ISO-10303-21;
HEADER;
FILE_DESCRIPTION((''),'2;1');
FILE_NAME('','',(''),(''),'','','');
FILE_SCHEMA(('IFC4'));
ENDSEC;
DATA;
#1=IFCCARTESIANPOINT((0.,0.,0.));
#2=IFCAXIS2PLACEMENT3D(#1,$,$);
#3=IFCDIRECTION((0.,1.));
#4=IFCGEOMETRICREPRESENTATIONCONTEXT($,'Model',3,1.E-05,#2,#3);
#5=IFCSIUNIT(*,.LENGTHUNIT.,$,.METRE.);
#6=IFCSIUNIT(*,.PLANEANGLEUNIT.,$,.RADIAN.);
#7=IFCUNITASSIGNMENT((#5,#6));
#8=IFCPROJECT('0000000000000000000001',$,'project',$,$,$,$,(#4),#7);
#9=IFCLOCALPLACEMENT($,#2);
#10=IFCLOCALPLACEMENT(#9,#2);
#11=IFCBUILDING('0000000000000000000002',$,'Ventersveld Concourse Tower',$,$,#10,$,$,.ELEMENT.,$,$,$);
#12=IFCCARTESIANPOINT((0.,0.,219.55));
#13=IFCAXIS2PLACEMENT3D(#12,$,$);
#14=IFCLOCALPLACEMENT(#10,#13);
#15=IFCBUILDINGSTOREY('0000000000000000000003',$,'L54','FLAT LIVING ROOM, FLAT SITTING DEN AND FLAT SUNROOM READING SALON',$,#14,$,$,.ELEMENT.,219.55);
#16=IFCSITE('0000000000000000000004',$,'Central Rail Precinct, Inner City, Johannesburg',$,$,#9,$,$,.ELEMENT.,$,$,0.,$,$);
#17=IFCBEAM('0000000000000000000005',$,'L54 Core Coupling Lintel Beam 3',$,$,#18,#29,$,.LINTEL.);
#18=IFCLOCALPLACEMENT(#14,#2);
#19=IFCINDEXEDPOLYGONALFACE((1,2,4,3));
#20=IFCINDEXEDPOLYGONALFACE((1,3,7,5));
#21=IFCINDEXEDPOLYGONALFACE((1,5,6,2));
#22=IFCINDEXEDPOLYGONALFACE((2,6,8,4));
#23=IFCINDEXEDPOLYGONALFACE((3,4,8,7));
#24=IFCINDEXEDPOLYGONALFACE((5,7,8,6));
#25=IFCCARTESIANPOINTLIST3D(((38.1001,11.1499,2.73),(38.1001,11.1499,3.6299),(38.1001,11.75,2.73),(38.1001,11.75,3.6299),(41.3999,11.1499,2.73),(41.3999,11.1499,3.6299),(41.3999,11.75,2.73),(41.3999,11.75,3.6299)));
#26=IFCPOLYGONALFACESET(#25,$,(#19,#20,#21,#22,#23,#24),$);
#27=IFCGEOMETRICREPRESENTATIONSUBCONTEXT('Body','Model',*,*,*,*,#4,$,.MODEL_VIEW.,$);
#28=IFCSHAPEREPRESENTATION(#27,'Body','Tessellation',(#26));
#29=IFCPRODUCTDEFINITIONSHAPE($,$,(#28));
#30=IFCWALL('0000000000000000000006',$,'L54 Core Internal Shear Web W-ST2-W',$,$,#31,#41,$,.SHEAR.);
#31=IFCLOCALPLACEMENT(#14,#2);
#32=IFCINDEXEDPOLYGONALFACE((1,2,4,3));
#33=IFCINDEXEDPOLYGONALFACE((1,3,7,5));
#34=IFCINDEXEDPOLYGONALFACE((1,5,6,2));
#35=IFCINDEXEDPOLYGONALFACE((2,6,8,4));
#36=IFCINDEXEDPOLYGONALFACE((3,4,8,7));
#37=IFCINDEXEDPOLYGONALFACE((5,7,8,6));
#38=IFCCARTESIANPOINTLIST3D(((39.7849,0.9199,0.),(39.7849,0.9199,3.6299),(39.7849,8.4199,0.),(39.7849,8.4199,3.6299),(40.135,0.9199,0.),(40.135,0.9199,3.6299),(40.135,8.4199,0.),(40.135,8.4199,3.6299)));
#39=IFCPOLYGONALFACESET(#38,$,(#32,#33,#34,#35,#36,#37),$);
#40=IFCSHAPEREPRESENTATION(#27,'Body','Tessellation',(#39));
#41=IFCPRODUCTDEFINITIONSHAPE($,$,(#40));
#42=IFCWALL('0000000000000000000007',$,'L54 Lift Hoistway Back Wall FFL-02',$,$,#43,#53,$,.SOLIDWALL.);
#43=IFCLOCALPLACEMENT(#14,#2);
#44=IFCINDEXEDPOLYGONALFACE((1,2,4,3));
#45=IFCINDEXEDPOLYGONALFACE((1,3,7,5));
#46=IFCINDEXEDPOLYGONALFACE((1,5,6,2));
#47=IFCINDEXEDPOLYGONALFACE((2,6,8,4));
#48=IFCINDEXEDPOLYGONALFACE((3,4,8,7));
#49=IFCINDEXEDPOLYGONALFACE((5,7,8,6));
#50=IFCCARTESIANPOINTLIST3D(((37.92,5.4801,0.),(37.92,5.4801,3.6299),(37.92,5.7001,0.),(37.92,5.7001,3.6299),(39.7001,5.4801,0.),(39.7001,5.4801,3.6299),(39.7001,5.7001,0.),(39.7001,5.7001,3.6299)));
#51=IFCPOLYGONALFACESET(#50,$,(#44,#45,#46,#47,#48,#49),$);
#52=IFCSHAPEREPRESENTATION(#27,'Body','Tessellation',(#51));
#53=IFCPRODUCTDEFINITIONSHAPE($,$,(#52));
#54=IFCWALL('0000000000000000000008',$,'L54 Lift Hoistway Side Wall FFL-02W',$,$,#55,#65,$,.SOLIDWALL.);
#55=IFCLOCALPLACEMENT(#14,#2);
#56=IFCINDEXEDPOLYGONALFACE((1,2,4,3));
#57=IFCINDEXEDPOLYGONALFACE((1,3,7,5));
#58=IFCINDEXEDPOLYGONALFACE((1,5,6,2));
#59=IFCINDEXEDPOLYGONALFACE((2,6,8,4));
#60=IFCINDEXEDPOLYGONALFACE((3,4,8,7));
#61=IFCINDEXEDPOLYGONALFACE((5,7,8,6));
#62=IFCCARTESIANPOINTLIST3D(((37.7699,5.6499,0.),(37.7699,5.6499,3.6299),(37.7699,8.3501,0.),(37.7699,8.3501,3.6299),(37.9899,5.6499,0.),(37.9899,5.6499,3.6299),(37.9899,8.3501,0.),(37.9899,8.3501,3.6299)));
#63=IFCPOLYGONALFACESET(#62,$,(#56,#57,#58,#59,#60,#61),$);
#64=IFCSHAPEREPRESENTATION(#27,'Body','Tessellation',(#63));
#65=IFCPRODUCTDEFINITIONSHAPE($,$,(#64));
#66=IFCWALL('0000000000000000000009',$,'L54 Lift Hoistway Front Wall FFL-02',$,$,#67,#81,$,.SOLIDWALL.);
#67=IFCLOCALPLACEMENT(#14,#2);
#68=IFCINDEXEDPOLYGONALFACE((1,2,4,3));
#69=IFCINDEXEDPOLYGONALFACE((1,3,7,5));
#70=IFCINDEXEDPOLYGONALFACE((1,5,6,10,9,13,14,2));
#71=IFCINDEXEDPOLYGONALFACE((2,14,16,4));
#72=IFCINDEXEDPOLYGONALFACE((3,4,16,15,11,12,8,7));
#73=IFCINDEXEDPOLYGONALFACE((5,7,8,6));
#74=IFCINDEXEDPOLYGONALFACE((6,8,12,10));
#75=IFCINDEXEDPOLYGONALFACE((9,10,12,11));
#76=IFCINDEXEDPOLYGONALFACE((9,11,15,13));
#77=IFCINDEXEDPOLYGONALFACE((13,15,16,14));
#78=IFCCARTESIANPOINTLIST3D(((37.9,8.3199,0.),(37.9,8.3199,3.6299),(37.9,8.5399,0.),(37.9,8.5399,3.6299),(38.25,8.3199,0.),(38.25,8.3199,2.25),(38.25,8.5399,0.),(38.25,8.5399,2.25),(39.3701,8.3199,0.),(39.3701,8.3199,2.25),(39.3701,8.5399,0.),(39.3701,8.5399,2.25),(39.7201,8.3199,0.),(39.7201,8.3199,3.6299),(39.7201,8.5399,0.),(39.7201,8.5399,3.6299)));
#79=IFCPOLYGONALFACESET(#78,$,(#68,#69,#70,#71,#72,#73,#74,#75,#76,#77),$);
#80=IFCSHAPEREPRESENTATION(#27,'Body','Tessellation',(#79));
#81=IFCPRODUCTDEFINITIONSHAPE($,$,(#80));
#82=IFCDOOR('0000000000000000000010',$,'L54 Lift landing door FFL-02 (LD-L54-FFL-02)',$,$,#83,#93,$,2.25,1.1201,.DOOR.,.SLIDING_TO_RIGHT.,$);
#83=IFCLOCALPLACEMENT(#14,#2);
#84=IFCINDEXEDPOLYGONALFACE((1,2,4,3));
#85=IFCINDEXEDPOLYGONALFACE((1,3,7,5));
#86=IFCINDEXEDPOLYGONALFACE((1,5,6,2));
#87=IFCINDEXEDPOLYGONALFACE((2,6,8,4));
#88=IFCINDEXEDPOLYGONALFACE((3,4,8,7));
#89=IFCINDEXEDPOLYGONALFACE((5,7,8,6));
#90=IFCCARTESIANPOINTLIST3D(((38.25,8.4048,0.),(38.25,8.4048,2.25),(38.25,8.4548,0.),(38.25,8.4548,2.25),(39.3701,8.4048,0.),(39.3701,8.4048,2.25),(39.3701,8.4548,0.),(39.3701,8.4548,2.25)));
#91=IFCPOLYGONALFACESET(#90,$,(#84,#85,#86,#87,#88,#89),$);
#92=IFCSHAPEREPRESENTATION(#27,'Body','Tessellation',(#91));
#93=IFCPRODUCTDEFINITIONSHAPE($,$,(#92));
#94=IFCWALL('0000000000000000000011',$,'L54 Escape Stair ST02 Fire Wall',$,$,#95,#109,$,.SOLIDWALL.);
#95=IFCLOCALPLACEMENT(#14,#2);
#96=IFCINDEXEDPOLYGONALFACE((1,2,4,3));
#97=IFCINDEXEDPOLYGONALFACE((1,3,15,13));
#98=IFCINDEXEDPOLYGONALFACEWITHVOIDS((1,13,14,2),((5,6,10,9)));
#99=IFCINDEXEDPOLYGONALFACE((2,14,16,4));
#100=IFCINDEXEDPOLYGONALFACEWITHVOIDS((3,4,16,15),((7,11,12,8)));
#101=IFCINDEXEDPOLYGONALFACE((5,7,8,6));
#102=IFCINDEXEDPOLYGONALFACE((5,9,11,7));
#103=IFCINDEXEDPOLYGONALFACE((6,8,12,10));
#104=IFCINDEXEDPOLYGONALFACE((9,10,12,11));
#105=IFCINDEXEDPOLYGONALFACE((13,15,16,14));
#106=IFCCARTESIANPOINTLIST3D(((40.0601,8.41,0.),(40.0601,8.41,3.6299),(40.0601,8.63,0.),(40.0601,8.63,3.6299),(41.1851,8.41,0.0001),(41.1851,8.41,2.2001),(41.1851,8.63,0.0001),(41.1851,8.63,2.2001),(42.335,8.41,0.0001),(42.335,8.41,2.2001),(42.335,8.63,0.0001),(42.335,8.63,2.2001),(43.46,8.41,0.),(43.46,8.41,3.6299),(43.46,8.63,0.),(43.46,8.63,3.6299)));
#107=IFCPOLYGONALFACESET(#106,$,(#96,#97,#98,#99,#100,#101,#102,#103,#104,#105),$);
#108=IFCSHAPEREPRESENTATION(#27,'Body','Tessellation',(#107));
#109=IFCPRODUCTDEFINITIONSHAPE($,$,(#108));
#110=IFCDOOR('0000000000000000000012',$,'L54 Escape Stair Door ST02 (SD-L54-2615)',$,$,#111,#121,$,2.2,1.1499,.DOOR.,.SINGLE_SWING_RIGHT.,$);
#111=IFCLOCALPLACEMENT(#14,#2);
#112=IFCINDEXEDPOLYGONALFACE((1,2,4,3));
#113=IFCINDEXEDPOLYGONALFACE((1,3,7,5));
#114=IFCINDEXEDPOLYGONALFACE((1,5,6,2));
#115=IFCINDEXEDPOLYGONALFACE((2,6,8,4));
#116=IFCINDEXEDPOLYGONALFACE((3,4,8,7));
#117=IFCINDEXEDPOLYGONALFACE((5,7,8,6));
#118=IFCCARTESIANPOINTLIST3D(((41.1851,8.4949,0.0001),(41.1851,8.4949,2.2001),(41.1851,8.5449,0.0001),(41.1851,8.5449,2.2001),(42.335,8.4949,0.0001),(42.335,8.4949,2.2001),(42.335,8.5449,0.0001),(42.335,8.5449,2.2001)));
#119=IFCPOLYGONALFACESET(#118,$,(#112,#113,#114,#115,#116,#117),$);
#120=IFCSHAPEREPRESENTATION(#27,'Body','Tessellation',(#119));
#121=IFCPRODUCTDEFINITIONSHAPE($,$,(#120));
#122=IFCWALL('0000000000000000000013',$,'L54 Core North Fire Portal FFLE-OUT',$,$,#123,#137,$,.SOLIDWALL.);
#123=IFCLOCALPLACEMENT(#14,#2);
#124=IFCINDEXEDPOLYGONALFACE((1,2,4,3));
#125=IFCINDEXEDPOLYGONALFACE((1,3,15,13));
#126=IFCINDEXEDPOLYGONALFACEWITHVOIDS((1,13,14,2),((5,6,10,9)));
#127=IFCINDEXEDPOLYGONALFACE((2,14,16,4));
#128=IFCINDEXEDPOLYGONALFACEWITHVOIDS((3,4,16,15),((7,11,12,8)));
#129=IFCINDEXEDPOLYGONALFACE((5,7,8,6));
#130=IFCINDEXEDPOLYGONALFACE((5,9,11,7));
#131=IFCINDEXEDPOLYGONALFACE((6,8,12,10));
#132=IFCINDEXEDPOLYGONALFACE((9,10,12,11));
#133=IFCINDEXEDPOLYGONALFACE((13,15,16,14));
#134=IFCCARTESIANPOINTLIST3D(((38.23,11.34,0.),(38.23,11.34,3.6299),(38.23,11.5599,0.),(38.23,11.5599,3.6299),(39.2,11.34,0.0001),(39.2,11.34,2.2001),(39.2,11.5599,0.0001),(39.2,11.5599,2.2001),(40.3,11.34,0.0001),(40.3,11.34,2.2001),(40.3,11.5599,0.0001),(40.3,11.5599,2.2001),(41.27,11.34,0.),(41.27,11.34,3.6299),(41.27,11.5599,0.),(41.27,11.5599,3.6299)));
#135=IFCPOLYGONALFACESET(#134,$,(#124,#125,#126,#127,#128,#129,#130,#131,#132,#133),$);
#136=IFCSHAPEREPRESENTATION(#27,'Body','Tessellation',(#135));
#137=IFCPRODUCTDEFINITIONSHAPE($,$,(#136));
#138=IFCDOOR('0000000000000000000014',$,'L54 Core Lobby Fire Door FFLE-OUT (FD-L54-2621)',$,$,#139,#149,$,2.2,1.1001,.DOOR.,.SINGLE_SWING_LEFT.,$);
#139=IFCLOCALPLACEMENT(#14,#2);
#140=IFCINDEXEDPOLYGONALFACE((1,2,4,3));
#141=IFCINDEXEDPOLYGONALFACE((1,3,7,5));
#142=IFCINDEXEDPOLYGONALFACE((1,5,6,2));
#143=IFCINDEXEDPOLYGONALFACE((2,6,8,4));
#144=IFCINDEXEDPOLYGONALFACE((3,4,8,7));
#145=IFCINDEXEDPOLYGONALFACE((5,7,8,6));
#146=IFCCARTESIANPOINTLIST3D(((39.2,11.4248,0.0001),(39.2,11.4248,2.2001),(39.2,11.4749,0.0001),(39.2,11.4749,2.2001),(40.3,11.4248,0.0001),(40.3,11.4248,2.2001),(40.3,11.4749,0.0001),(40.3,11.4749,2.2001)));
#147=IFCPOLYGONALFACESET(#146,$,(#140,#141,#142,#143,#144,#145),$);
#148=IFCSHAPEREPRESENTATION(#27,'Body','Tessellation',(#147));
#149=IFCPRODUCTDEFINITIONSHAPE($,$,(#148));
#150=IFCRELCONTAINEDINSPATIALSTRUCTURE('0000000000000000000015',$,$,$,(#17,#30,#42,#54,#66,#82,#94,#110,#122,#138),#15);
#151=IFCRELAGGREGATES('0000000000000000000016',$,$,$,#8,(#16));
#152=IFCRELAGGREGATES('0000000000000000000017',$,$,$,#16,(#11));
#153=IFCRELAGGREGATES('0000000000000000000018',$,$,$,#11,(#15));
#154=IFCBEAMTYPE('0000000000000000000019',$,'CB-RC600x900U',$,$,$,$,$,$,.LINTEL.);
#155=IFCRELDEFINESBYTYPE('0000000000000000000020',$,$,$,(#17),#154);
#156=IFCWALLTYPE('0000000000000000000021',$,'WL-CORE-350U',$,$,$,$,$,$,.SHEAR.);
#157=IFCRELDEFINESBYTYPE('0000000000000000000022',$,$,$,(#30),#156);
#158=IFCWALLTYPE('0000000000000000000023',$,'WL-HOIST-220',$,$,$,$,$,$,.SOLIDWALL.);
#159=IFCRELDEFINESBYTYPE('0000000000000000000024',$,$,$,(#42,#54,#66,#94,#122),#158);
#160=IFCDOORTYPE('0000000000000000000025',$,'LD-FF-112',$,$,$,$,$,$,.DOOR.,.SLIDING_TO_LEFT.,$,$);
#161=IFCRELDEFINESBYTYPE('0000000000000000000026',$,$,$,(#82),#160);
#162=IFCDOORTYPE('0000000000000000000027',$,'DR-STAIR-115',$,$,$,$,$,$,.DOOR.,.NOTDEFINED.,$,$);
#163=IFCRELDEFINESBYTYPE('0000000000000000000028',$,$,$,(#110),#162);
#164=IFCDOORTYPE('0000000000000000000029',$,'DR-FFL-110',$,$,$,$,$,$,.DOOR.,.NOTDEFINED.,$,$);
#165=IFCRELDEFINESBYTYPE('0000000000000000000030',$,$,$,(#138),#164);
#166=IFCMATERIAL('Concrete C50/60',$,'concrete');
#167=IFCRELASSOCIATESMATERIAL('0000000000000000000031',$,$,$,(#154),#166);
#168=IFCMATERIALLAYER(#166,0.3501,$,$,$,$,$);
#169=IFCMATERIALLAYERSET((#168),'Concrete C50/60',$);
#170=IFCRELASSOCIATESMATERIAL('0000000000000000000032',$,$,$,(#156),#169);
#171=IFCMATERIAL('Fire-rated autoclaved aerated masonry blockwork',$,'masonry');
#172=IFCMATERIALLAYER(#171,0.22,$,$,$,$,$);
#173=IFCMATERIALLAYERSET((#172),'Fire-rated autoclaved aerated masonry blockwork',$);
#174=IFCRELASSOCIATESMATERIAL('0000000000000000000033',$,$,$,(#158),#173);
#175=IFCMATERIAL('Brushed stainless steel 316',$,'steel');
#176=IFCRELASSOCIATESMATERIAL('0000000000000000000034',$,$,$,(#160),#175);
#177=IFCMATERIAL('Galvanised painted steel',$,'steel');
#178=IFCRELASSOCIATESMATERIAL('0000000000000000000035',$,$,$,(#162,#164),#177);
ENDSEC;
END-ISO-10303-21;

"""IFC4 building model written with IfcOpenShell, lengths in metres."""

from ifc_helpers import new_model, si_unit, direction, frame, frame_2d, origin, origin_2d, place, context, subcontext, project, spatial, rectangle, extrude, material, layer, layer_set, material_profile, profile_set, type_object, element, fill, save


model = new_model("IFC4")

# Units and contexts
model_context = context("Model", 3, precision=1e-05, world=origin(), true_north=direction((0.0, 1.0)))
body_context = subcontext(model_context, "Body", "Model", "MODEL_VIEW")
ifc_project = project(units=[si_unit("LENGTHUNIT", "METRE"), si_unit("PLANEANGLEUNIT", "RADIAN")], contexts=[model_context])

# Site, building, storey
site_placement = place(None, origin())
site = spatial("IfcSite", under=ifc_project, at=site_placement, Name="Central Rail Precinct, Inner City, Johannesburg", CompositionType="ELEMENT", RefElevation=0.0)
building_placement = place(site_placement, origin())
building = spatial("IfcBuilding", under=site, at=building_placement, Name="Ventersveld Concourse Tower", CompositionType="ELEMENT")
storey_placement = place(building_placement, frame((0.0, 0.0, 219.55)))
storey = spatial("IfcBuildingStorey", under=building, at=storey_placement, Name="L54", Description="FLAT LIVING ROOM, FLAT SITTING DEN AND FLAT SUNROOM READING SALON", CompositionType="ELEMENT", Elevation=219.55)

# Beam
ifc_material_1 = material(Name="Concrete C50/60", Category="concrete")
ifc_material_profile = material_profile(ifc_material_1, rectangle(XDim=0.6001, YDim=0.8999, at=origin_2d()), Name="RC 600x900")
ifc_profile_set = profile_set([ifc_material_profile], Name="Concrete C50/60")
beam_type = type_object("IfcBeamType", Name="CB-RC600x900U", PredefinedType="LINTEL", material=ifc_profile_set)
beam_placement = place(storey_placement, frame((38.1001, 11.45, 3.1799), z_axis=(1.0, 0.0, 0.0), x_axis=(0.0, 1.0, 0.0)))
element("IfcBeam", 1, at=beam_placement, inside=storey, type_object=beam_type, Name="L54 Core Coupling Lintel Beam 3", PredefinedType="LINTEL", context=body_context, shape_type="SweptSolid", body=[
    extrude(rectangle(XDim=0.6001, YDim=0.8999, at=origin_2d()), origin(), (0.0, 0.0, 1.0), 3.2998),
])

# Walls
ifc_layer_1 = layer(ifc_material_1, 0.3501)
ifc_layer_set_1 = layer_set([ifc_layer_1], Name="Concrete C50/60")
wall_type_1 = type_object("IfcWallType", Name="WL-CORE-350U", PredefinedType="SHEAR", material=ifc_layer_set_1)
wall_1_placement = place(storey_placement, frame((39.96, 0.9199, 0.0), z_axis=(0.0, 0.0, 1.0), x_axis=(0.0, 1.0, 0.0)))
element("IfcWall", 2, at=wall_1_placement, inside=storey, type_object=wall_type_1, Name="L54 Core Internal Shear Web W-ST2-W", PredefinedType="SHEAR", context=body_context, shape_type="SweptSolid", body=[
    extrude(rectangle(XDim=7.5, YDim=0.3501, at=frame_2d((3.75, 0.0))), origin(), (0.0, 0.0, 1.0), 3.6299),
])
ifc_material_2 = material(Name="Fire-rated autoclaved aerated masonry blockwork", Category="masonry")
ifc_layer_2 = layer(ifc_material_2, 0.22)
ifc_layer_set_2 = layer_set([ifc_layer_2], Name="Fire-rated autoclaved aerated masonry blockwork")
wall_type_2 = type_object("IfcWallType", Name="WL-HOIST-220", PredefinedType="SOLIDWALL", material=ifc_layer_set_2)
wall_2_placement = place(storey_placement, frame((37.9199, 5.5901, 0.0), z_axis=(0.0, 0.0, 1.0), x_axis=(1.0, 0.0, 0.0)))
element("IfcWall", 3, at=wall_2_placement, inside=storey, type_object=wall_type_2, Name="L54 Lift Hoistway Back Wall FFL-02", PredefinedType="SOLIDWALL", context=body_context, shape_type="SweptSolid", body=[
    extrude(rectangle(XDim=1.78, YDim=0.22, at=frame_2d((0.8901, 0.0))), origin(), (0.0, 0.0, 1.0), 3.6299),
])
wall_3_placement = place(storey_placement, frame((37.8799, 5.6499, 0.0), z_axis=(0.0, 0.0, 1.0), x_axis=(0.0, 1.0, 0.0)))
element("IfcWall", 4, at=wall_3_placement, inside=storey, type_object=wall_type_2, Name="L54 Lift Hoistway Side Wall FFL-02W", PredefinedType="SOLIDWALL", context=body_context, shape_type="SweptSolid", body=[
    extrude(rectangle(XDim=2.7002, YDim=0.22, at=frame_2d((1.3501, 0.0))), origin(), (0.0, 0.0, 1.0), 3.6299),
])

# Walls, openings, doors
wall_4_placement = place(storey_placement, frame((37.8999, 8.4299, 0.0), z_axis=(0.0, 0.0, 1.0), x_axis=(1.0, 0.0, 0.0)))
wall_4 = element("IfcWall", 5, at=wall_4_placement, inside=storey, type_object=wall_type_2, Name="L54 Lift Hoistway Front Wall FFL-02", PredefinedType="SOLIDWALL", context=body_context, shape_type="SweptSolid", body=[
    extrude(rectangle(XDim=1.8201, YDim=0.22, at=frame_2d((0.9102, 0.0))), origin(), (0.0, 0.0, 1.0), 3.6299),
])
opening_1_placement = place(wall_4_placement, frame((0.3501, 0.0, 0.0)))
opening_1 = element("IfcOpeningElement", 6, at=opening_1_placement, cuts=wall_4, PredefinedType="OPENING", context=body_context, shape_type="SweptSolid", body=[
    extrude(rectangle(XDim=1.1201, YDim=2.25, at=frame_2d((0.5601, 1.125))), frame((0.0, 0.1201, 0.0), z_axis=(0.0, -1.0, 0.0), x_axis=(1.0, 0.0, 0.0)), (0.0, 0.0, 1.0), 0.24),
])
ifc_material_3 = material(Name="Brushed stainless steel 316", Category="steel")
door_type_1 = type_object("IfcDoorType", Name="LD-FF-112", OperationType="SLIDING_TO_LEFT", PredefinedType="DOOR", material=ifc_material_3)
door_1_placement = place(opening_1_placement, origin())
door_1 = element("IfcDoor", 7, at=door_1_placement, inside=storey, type_object=door_type_1, Name="L54 Lift landing door FFL-02 (LD-L54-FFL-02)", OperationType="SLIDING_TO_RIGHT", OverallHeight=2.25, OverallWidth=1.1201, PredefinedType="DOOR", context=body_context, shape_type="SweptSolid", body=[
    extrude(rectangle(XDim=1.1201, YDim=2.25, at=frame_2d((0.5601, 1.125))), frame((0.0, 0.0249, 0.0), z_axis=(0.0, -1.0, 0.0), x_axis=(1.0, 0.0, 0.0)), (0.0, 0.0, 1.0), 0.05),
])
fill(opening_1, door_1)
wall_5_placement = place(storey_placement, frame((40.0601, 8.52, 0.0), z_axis=(0.0, 0.0, 1.0), x_axis=(1.0, 0.0, 0.0)))
wall_5 = element("IfcWall", 8, at=wall_5_placement, inside=storey, type_object=wall_type_2, Name="L54 Escape Stair ST02 Fire Wall", PredefinedType="SOLIDWALL", context=body_context, shape_type="SweptSolid", body=[
    extrude(rectangle(XDim=3.3999, YDim=0.22, at=frame_2d((1.7, 0.0))), origin(), (0.0, 0.0, 1.0), 3.6299),
])
opening_2_placement = place(wall_5_placement, frame((1.125, 0.0, 0.0)))
opening_2 = element("IfcOpeningElement", 9, at=opening_2_placement, cuts=wall_5, PredefinedType="OPENING", context=body_context, shape_type="SweptSolid", body=[
    extrude(rectangle(XDim=1.1499, YDim=2.2, at=frame_2d((0.575, 1.1001))), frame((0.0, 0.1201, 0.0), z_axis=(0.0, -1.0, 0.0), x_axis=(1.0, 0.0, 0.0)), (0.0, 0.0, 1.0), 0.24),
])
ifc_material_4 = material(Name="Galvanised painted steel", Category="steel")
door_type_2 = type_object("IfcDoorType", Name="DR-STAIR-115", OperationType="NOTDEFINED", PredefinedType="DOOR", material=ifc_material_4)
door_2_placement = place(opening_2_placement, origin())
door_2 = element("IfcDoor", 10, at=door_2_placement, inside=storey, type_object=door_type_2, Name="L54 Escape Stair Door ST02 (SD-L54-2615)", OperationType="SINGLE_SWING_RIGHT", OverallHeight=2.2, OverallWidth=1.1499, PredefinedType="DOOR", context=body_context, shape_type="SweptSolid", body=[
    extrude(rectangle(XDim=1.1499, YDim=2.2, at=frame_2d((0.575, 1.1001))), frame((0.0, 0.0249, 0.0), z_axis=(0.0, -1.0, 0.0), x_axis=(1.0, 0.0, 0.0)), (0.0, 0.0, 1.0), 0.05),
])
fill(opening_2, door_2)
wall_6_placement = place(storey_placement, frame((38.23, 11.45, 0.0), z_axis=(0.0, 0.0, 1.0), x_axis=(1.0, 0.0, 0.0)))
wall_6 = element("IfcWall", 11, at=wall_6_placement, inside=storey, type_object=wall_type_2, Name="L54 Core North Fire Portal FFLE-OUT", PredefinedType="SOLIDWALL", context=body_context, shape_type="SweptSolid", body=[
    extrude(rectangle(XDim=3.04, YDim=0.22, at=frame_2d((1.52, 0.0))), origin(), (0.0, 0.0, 1.0), 3.6299),
])
opening_3_placement = place(wall_6_placement, frame((0.97, 0.0, 0.0)))
opening_3 = element("IfcOpeningElement", 12, at=opening_3_placement, cuts=wall_6, PredefinedType="OPENING", context=body_context, shape_type="SweptSolid", body=[
    extrude(rectangle(XDim=1.1001, YDim=2.2, at=frame_2d((0.55, 1.1001))), frame((0.0, 0.1201, 0.0), z_axis=(0.0, -1.0, 0.0), x_axis=(1.0, 0.0, 0.0)), (0.0, 0.0, 1.0), 0.24),
])
door_type_3 = type_object("IfcDoorType", Name="DR-FFL-110", OperationType="NOTDEFINED", PredefinedType="DOOR", material=ifc_material_4)
door_3_placement = place(opening_3_placement, origin())
door_3 = element("IfcDoor", 13, at=door_3_placement, inside=storey, type_object=door_type_3, Name="L54 Core Lobby Fire Door FFLE-OUT (FD-L54-2621)", OperationType="SINGLE_SWING_LEFT", OverallHeight=2.2, OverallWidth=1.1001, PredefinedType="DOOR", context=body_context, shape_type="SweptSolid", body=[
    extrude(rectangle(XDim=1.1001, YDim=2.2, at=frame_2d((0.55, 1.1001))), frame((0.0, 0.0249, 0.0), z_axis=(0.0, -1.0, 0.0), x_axis=(1.0, 0.0, 0.0)), (0.0, 0.0, 1.0), 0.05),
])
fill(opening_3, door_3)

save(model, "model.ifc")
